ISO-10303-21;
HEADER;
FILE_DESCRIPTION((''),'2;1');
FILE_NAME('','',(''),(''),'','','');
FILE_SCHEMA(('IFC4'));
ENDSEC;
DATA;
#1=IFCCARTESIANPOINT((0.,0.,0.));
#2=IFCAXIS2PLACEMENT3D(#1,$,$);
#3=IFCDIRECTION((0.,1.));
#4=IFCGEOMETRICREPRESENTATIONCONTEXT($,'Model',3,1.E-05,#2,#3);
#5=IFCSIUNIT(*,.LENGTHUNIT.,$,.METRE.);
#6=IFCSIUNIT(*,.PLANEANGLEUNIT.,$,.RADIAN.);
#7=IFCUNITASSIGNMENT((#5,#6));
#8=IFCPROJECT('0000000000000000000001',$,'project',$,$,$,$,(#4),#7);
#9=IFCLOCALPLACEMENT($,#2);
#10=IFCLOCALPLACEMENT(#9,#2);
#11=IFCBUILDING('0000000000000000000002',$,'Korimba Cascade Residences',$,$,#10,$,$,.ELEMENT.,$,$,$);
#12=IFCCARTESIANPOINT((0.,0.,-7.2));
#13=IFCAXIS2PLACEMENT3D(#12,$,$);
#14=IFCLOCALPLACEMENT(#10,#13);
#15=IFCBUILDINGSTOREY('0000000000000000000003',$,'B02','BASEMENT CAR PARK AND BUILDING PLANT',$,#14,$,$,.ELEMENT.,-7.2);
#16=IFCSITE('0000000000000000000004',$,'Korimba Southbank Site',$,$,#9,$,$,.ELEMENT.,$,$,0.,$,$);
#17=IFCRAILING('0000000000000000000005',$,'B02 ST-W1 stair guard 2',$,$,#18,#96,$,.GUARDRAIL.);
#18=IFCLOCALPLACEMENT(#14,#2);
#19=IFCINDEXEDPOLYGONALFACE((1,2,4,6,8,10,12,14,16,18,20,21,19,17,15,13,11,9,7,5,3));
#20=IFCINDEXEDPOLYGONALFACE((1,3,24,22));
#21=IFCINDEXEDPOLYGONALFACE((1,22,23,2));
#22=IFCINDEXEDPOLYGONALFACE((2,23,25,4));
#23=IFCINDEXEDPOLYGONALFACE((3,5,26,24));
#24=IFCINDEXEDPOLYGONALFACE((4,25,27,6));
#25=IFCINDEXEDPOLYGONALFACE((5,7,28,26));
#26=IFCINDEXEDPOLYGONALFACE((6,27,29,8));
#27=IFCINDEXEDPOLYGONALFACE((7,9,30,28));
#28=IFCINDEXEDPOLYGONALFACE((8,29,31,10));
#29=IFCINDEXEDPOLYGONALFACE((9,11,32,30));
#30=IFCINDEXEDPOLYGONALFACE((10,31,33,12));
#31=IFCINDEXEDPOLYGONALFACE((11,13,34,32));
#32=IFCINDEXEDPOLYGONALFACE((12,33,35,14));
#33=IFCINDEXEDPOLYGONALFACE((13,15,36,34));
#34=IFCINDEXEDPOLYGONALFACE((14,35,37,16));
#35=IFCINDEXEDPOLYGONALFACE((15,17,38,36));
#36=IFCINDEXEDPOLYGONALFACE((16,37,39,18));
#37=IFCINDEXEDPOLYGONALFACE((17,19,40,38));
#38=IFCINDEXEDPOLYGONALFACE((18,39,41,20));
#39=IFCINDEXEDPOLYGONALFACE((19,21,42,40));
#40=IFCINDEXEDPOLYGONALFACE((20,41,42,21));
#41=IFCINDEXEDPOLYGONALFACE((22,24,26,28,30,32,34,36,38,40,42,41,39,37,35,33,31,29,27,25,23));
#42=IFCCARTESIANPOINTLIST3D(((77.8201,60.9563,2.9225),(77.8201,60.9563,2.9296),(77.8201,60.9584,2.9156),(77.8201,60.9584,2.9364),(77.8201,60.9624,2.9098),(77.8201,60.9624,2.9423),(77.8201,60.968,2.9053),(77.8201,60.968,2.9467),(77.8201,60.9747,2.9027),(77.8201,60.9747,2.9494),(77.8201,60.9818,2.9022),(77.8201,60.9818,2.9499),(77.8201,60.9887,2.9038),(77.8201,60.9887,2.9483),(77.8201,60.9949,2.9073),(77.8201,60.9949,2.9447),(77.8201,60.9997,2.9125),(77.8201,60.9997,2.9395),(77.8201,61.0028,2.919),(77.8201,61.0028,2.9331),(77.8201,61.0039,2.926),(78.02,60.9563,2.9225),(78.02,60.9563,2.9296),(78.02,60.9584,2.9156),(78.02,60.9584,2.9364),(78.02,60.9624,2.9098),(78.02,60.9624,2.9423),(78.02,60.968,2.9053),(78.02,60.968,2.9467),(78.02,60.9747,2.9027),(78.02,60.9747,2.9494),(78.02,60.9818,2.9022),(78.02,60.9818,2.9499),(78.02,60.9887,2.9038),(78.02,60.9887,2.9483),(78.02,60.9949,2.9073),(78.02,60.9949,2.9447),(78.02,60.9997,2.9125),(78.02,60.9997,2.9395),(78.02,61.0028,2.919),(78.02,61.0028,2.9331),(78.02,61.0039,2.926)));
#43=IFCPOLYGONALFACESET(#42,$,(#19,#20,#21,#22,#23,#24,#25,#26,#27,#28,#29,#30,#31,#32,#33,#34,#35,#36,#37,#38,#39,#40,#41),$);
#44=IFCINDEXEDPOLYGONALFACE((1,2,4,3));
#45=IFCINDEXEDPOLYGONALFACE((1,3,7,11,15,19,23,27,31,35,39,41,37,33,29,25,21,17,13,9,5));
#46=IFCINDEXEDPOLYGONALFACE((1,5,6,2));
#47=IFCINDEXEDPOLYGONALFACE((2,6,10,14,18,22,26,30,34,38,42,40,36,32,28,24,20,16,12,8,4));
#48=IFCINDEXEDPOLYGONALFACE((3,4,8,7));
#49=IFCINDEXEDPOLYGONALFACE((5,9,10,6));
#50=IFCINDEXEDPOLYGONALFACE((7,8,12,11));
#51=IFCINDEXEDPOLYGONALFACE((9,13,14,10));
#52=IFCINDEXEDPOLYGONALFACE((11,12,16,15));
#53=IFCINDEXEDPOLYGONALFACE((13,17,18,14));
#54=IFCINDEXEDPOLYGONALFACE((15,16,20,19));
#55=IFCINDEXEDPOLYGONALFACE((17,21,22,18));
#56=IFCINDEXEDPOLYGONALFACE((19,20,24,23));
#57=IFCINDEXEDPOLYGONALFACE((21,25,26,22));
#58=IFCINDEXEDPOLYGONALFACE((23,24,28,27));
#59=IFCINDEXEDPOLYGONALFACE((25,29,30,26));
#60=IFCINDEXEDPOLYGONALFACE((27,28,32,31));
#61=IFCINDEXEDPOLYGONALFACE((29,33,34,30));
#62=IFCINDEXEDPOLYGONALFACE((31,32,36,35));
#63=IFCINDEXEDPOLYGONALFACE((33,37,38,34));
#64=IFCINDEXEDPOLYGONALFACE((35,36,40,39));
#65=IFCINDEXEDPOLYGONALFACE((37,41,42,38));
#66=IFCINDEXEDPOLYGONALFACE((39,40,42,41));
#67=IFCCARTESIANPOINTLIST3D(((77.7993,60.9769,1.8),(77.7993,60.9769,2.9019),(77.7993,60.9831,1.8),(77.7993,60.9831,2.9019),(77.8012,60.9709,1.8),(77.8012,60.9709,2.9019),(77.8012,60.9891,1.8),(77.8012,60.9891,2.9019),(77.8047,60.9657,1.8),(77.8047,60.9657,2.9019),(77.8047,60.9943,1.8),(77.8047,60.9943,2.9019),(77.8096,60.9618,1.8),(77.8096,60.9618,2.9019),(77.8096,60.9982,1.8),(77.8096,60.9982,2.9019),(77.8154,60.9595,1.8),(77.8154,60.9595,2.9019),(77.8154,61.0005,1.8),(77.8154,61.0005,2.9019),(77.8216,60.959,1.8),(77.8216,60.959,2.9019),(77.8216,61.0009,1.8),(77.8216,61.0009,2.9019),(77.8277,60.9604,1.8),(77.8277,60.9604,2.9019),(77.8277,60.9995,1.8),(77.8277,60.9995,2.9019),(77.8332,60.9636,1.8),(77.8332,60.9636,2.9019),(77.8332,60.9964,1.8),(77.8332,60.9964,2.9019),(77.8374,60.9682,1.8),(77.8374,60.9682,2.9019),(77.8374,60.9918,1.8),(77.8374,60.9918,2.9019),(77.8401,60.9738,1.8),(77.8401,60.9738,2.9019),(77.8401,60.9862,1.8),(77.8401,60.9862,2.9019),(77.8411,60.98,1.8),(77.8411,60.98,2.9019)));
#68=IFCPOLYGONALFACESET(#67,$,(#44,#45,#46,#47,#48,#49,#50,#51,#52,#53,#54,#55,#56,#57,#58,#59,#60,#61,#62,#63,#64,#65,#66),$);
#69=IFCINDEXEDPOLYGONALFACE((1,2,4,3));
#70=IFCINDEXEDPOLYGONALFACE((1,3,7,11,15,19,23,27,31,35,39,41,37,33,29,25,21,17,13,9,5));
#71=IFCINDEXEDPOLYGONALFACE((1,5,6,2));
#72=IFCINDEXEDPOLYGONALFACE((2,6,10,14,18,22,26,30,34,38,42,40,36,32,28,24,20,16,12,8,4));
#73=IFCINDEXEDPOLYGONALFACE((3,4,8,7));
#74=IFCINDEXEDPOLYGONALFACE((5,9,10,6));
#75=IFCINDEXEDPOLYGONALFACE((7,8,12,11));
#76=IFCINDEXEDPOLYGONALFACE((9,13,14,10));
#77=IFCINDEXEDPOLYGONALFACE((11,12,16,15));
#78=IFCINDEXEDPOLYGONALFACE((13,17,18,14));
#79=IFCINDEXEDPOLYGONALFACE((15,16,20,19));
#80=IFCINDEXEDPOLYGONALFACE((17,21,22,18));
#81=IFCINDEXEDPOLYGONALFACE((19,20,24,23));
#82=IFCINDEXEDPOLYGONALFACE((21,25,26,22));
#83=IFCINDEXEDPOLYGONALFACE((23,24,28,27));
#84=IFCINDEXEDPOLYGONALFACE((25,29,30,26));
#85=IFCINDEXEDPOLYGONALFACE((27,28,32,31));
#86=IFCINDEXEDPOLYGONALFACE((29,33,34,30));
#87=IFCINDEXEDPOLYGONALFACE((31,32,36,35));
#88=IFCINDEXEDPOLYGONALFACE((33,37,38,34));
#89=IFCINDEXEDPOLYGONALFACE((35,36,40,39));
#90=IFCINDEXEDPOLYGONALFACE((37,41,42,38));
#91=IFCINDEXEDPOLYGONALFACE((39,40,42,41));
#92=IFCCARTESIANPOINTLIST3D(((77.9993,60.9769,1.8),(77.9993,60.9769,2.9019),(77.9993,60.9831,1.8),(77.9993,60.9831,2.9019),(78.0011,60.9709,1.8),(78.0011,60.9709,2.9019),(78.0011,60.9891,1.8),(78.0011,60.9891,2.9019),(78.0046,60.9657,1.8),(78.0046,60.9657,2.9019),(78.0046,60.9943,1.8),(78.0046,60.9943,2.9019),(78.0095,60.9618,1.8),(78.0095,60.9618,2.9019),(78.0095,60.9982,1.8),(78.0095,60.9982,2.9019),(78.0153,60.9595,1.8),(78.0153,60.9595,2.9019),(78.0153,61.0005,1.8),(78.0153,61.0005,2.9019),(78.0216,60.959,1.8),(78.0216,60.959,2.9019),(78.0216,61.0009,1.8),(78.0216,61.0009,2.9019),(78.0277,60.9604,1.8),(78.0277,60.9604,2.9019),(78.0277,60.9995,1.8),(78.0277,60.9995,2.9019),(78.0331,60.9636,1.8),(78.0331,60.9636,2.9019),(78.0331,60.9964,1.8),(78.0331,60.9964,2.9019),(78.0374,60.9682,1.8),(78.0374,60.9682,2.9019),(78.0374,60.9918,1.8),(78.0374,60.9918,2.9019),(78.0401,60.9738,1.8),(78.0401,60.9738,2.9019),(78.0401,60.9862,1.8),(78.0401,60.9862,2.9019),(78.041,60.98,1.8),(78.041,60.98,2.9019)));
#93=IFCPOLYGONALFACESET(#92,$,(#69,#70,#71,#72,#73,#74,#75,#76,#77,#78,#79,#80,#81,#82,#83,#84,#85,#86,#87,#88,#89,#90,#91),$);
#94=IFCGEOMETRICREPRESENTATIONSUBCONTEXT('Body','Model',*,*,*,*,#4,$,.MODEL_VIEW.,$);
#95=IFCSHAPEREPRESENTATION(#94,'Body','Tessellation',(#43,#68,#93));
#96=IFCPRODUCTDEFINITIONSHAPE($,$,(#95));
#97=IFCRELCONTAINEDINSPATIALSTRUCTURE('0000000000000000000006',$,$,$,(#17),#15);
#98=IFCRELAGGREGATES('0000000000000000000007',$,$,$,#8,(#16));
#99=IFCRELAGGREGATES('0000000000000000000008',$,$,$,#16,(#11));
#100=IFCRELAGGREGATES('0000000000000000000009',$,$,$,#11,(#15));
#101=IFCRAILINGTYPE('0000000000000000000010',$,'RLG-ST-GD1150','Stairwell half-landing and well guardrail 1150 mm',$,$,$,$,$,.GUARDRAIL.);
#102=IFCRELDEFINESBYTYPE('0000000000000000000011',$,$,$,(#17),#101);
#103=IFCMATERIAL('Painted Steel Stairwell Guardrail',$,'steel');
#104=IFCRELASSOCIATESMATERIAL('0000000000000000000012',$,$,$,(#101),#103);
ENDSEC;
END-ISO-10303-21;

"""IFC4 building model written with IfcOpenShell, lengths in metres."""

from ifc_helpers import new_model, si_unit, direction, frame, origin, origin_2d, place, context, subcontext, project, spatial, circle, extrude, material, type_object, element, save


model = new_model("IFC4")

# Units and contexts
model_context = context("Model", 3, precision=1e-05, world=origin(), true_north=direction((0.0, 1.0)))
body_context = subcontext(model_context, "Body", "Model", "MODEL_VIEW")
ifc_project = project(units=[si_unit("LENGTHUNIT", "METRE"), si_unit("PLANEANGLEUNIT", "RADIAN")], contexts=[model_context])

# Site, building, storey
site_placement = place(None, origin())
site = spatial("IfcSite", under=ifc_project, at=site_placement, Name="Korimba Southbank Site", CompositionType="ELEMENT", RefElevation=0.0)
building_placement = place(site_placement, origin())
building = spatial("IfcBuilding", under=site, at=building_placement, Name="Korimba Cascade Residences", CompositionType="ELEMENT")
storey_placement = place(building_placement, frame((0.0, 0.0, -7.2)))
storey = spatial("IfcBuildingStorey", under=building, at=storey_placement, Name="B02", Description="BASEMENT CAR PARK AND BUILDING PLANT", CompositionType="ELEMENT", Elevation=-7.2)

# Railing
ifc_material_1 = material(Name="Painted Steel Stairwell Guardrail", Category="steel")
railing_type_1 = type_object("IfcRailingType", Name="RLG-ST-GD1150", Description="Stairwell half-landing and well guardrail 1150 mm", PredefinedType="GUARDRAIL", material=ifc_material_1)
railing_1_placement = place(storey_placement, frame((77.8201, 60.98, 1.8)))
element("IfcRailing", 1, at=railing_1_placement, inside=storey, type_object=railing_type_1, Name="B02 ST-W1 stair guard 2", PredefinedType="GUARDRAIL", context=body_context, shape_type="SweptSolid", body=[
    extrude(circle(Radius=0.0239, at=origin_2d()), frame((0.0, 0.0, 1.126), z_axis=(1.0, 0.0, 0.0), x_axis=(0.0, 1.0, 0.0)), (0.0, 0.0, 1.0), 0.2),
    extrude(circle(Radius=0.021, at=origin_2d()), origin(), (0.0, 0.0, 1.0), 1.1018),
    extrude(circle(Radius=0.021, at=origin_2d()), frame((0.2, 0.0, 0.0)), (0.0, 0.0, 1.0), 1.1018),
])

save(model, "model.ifc")
